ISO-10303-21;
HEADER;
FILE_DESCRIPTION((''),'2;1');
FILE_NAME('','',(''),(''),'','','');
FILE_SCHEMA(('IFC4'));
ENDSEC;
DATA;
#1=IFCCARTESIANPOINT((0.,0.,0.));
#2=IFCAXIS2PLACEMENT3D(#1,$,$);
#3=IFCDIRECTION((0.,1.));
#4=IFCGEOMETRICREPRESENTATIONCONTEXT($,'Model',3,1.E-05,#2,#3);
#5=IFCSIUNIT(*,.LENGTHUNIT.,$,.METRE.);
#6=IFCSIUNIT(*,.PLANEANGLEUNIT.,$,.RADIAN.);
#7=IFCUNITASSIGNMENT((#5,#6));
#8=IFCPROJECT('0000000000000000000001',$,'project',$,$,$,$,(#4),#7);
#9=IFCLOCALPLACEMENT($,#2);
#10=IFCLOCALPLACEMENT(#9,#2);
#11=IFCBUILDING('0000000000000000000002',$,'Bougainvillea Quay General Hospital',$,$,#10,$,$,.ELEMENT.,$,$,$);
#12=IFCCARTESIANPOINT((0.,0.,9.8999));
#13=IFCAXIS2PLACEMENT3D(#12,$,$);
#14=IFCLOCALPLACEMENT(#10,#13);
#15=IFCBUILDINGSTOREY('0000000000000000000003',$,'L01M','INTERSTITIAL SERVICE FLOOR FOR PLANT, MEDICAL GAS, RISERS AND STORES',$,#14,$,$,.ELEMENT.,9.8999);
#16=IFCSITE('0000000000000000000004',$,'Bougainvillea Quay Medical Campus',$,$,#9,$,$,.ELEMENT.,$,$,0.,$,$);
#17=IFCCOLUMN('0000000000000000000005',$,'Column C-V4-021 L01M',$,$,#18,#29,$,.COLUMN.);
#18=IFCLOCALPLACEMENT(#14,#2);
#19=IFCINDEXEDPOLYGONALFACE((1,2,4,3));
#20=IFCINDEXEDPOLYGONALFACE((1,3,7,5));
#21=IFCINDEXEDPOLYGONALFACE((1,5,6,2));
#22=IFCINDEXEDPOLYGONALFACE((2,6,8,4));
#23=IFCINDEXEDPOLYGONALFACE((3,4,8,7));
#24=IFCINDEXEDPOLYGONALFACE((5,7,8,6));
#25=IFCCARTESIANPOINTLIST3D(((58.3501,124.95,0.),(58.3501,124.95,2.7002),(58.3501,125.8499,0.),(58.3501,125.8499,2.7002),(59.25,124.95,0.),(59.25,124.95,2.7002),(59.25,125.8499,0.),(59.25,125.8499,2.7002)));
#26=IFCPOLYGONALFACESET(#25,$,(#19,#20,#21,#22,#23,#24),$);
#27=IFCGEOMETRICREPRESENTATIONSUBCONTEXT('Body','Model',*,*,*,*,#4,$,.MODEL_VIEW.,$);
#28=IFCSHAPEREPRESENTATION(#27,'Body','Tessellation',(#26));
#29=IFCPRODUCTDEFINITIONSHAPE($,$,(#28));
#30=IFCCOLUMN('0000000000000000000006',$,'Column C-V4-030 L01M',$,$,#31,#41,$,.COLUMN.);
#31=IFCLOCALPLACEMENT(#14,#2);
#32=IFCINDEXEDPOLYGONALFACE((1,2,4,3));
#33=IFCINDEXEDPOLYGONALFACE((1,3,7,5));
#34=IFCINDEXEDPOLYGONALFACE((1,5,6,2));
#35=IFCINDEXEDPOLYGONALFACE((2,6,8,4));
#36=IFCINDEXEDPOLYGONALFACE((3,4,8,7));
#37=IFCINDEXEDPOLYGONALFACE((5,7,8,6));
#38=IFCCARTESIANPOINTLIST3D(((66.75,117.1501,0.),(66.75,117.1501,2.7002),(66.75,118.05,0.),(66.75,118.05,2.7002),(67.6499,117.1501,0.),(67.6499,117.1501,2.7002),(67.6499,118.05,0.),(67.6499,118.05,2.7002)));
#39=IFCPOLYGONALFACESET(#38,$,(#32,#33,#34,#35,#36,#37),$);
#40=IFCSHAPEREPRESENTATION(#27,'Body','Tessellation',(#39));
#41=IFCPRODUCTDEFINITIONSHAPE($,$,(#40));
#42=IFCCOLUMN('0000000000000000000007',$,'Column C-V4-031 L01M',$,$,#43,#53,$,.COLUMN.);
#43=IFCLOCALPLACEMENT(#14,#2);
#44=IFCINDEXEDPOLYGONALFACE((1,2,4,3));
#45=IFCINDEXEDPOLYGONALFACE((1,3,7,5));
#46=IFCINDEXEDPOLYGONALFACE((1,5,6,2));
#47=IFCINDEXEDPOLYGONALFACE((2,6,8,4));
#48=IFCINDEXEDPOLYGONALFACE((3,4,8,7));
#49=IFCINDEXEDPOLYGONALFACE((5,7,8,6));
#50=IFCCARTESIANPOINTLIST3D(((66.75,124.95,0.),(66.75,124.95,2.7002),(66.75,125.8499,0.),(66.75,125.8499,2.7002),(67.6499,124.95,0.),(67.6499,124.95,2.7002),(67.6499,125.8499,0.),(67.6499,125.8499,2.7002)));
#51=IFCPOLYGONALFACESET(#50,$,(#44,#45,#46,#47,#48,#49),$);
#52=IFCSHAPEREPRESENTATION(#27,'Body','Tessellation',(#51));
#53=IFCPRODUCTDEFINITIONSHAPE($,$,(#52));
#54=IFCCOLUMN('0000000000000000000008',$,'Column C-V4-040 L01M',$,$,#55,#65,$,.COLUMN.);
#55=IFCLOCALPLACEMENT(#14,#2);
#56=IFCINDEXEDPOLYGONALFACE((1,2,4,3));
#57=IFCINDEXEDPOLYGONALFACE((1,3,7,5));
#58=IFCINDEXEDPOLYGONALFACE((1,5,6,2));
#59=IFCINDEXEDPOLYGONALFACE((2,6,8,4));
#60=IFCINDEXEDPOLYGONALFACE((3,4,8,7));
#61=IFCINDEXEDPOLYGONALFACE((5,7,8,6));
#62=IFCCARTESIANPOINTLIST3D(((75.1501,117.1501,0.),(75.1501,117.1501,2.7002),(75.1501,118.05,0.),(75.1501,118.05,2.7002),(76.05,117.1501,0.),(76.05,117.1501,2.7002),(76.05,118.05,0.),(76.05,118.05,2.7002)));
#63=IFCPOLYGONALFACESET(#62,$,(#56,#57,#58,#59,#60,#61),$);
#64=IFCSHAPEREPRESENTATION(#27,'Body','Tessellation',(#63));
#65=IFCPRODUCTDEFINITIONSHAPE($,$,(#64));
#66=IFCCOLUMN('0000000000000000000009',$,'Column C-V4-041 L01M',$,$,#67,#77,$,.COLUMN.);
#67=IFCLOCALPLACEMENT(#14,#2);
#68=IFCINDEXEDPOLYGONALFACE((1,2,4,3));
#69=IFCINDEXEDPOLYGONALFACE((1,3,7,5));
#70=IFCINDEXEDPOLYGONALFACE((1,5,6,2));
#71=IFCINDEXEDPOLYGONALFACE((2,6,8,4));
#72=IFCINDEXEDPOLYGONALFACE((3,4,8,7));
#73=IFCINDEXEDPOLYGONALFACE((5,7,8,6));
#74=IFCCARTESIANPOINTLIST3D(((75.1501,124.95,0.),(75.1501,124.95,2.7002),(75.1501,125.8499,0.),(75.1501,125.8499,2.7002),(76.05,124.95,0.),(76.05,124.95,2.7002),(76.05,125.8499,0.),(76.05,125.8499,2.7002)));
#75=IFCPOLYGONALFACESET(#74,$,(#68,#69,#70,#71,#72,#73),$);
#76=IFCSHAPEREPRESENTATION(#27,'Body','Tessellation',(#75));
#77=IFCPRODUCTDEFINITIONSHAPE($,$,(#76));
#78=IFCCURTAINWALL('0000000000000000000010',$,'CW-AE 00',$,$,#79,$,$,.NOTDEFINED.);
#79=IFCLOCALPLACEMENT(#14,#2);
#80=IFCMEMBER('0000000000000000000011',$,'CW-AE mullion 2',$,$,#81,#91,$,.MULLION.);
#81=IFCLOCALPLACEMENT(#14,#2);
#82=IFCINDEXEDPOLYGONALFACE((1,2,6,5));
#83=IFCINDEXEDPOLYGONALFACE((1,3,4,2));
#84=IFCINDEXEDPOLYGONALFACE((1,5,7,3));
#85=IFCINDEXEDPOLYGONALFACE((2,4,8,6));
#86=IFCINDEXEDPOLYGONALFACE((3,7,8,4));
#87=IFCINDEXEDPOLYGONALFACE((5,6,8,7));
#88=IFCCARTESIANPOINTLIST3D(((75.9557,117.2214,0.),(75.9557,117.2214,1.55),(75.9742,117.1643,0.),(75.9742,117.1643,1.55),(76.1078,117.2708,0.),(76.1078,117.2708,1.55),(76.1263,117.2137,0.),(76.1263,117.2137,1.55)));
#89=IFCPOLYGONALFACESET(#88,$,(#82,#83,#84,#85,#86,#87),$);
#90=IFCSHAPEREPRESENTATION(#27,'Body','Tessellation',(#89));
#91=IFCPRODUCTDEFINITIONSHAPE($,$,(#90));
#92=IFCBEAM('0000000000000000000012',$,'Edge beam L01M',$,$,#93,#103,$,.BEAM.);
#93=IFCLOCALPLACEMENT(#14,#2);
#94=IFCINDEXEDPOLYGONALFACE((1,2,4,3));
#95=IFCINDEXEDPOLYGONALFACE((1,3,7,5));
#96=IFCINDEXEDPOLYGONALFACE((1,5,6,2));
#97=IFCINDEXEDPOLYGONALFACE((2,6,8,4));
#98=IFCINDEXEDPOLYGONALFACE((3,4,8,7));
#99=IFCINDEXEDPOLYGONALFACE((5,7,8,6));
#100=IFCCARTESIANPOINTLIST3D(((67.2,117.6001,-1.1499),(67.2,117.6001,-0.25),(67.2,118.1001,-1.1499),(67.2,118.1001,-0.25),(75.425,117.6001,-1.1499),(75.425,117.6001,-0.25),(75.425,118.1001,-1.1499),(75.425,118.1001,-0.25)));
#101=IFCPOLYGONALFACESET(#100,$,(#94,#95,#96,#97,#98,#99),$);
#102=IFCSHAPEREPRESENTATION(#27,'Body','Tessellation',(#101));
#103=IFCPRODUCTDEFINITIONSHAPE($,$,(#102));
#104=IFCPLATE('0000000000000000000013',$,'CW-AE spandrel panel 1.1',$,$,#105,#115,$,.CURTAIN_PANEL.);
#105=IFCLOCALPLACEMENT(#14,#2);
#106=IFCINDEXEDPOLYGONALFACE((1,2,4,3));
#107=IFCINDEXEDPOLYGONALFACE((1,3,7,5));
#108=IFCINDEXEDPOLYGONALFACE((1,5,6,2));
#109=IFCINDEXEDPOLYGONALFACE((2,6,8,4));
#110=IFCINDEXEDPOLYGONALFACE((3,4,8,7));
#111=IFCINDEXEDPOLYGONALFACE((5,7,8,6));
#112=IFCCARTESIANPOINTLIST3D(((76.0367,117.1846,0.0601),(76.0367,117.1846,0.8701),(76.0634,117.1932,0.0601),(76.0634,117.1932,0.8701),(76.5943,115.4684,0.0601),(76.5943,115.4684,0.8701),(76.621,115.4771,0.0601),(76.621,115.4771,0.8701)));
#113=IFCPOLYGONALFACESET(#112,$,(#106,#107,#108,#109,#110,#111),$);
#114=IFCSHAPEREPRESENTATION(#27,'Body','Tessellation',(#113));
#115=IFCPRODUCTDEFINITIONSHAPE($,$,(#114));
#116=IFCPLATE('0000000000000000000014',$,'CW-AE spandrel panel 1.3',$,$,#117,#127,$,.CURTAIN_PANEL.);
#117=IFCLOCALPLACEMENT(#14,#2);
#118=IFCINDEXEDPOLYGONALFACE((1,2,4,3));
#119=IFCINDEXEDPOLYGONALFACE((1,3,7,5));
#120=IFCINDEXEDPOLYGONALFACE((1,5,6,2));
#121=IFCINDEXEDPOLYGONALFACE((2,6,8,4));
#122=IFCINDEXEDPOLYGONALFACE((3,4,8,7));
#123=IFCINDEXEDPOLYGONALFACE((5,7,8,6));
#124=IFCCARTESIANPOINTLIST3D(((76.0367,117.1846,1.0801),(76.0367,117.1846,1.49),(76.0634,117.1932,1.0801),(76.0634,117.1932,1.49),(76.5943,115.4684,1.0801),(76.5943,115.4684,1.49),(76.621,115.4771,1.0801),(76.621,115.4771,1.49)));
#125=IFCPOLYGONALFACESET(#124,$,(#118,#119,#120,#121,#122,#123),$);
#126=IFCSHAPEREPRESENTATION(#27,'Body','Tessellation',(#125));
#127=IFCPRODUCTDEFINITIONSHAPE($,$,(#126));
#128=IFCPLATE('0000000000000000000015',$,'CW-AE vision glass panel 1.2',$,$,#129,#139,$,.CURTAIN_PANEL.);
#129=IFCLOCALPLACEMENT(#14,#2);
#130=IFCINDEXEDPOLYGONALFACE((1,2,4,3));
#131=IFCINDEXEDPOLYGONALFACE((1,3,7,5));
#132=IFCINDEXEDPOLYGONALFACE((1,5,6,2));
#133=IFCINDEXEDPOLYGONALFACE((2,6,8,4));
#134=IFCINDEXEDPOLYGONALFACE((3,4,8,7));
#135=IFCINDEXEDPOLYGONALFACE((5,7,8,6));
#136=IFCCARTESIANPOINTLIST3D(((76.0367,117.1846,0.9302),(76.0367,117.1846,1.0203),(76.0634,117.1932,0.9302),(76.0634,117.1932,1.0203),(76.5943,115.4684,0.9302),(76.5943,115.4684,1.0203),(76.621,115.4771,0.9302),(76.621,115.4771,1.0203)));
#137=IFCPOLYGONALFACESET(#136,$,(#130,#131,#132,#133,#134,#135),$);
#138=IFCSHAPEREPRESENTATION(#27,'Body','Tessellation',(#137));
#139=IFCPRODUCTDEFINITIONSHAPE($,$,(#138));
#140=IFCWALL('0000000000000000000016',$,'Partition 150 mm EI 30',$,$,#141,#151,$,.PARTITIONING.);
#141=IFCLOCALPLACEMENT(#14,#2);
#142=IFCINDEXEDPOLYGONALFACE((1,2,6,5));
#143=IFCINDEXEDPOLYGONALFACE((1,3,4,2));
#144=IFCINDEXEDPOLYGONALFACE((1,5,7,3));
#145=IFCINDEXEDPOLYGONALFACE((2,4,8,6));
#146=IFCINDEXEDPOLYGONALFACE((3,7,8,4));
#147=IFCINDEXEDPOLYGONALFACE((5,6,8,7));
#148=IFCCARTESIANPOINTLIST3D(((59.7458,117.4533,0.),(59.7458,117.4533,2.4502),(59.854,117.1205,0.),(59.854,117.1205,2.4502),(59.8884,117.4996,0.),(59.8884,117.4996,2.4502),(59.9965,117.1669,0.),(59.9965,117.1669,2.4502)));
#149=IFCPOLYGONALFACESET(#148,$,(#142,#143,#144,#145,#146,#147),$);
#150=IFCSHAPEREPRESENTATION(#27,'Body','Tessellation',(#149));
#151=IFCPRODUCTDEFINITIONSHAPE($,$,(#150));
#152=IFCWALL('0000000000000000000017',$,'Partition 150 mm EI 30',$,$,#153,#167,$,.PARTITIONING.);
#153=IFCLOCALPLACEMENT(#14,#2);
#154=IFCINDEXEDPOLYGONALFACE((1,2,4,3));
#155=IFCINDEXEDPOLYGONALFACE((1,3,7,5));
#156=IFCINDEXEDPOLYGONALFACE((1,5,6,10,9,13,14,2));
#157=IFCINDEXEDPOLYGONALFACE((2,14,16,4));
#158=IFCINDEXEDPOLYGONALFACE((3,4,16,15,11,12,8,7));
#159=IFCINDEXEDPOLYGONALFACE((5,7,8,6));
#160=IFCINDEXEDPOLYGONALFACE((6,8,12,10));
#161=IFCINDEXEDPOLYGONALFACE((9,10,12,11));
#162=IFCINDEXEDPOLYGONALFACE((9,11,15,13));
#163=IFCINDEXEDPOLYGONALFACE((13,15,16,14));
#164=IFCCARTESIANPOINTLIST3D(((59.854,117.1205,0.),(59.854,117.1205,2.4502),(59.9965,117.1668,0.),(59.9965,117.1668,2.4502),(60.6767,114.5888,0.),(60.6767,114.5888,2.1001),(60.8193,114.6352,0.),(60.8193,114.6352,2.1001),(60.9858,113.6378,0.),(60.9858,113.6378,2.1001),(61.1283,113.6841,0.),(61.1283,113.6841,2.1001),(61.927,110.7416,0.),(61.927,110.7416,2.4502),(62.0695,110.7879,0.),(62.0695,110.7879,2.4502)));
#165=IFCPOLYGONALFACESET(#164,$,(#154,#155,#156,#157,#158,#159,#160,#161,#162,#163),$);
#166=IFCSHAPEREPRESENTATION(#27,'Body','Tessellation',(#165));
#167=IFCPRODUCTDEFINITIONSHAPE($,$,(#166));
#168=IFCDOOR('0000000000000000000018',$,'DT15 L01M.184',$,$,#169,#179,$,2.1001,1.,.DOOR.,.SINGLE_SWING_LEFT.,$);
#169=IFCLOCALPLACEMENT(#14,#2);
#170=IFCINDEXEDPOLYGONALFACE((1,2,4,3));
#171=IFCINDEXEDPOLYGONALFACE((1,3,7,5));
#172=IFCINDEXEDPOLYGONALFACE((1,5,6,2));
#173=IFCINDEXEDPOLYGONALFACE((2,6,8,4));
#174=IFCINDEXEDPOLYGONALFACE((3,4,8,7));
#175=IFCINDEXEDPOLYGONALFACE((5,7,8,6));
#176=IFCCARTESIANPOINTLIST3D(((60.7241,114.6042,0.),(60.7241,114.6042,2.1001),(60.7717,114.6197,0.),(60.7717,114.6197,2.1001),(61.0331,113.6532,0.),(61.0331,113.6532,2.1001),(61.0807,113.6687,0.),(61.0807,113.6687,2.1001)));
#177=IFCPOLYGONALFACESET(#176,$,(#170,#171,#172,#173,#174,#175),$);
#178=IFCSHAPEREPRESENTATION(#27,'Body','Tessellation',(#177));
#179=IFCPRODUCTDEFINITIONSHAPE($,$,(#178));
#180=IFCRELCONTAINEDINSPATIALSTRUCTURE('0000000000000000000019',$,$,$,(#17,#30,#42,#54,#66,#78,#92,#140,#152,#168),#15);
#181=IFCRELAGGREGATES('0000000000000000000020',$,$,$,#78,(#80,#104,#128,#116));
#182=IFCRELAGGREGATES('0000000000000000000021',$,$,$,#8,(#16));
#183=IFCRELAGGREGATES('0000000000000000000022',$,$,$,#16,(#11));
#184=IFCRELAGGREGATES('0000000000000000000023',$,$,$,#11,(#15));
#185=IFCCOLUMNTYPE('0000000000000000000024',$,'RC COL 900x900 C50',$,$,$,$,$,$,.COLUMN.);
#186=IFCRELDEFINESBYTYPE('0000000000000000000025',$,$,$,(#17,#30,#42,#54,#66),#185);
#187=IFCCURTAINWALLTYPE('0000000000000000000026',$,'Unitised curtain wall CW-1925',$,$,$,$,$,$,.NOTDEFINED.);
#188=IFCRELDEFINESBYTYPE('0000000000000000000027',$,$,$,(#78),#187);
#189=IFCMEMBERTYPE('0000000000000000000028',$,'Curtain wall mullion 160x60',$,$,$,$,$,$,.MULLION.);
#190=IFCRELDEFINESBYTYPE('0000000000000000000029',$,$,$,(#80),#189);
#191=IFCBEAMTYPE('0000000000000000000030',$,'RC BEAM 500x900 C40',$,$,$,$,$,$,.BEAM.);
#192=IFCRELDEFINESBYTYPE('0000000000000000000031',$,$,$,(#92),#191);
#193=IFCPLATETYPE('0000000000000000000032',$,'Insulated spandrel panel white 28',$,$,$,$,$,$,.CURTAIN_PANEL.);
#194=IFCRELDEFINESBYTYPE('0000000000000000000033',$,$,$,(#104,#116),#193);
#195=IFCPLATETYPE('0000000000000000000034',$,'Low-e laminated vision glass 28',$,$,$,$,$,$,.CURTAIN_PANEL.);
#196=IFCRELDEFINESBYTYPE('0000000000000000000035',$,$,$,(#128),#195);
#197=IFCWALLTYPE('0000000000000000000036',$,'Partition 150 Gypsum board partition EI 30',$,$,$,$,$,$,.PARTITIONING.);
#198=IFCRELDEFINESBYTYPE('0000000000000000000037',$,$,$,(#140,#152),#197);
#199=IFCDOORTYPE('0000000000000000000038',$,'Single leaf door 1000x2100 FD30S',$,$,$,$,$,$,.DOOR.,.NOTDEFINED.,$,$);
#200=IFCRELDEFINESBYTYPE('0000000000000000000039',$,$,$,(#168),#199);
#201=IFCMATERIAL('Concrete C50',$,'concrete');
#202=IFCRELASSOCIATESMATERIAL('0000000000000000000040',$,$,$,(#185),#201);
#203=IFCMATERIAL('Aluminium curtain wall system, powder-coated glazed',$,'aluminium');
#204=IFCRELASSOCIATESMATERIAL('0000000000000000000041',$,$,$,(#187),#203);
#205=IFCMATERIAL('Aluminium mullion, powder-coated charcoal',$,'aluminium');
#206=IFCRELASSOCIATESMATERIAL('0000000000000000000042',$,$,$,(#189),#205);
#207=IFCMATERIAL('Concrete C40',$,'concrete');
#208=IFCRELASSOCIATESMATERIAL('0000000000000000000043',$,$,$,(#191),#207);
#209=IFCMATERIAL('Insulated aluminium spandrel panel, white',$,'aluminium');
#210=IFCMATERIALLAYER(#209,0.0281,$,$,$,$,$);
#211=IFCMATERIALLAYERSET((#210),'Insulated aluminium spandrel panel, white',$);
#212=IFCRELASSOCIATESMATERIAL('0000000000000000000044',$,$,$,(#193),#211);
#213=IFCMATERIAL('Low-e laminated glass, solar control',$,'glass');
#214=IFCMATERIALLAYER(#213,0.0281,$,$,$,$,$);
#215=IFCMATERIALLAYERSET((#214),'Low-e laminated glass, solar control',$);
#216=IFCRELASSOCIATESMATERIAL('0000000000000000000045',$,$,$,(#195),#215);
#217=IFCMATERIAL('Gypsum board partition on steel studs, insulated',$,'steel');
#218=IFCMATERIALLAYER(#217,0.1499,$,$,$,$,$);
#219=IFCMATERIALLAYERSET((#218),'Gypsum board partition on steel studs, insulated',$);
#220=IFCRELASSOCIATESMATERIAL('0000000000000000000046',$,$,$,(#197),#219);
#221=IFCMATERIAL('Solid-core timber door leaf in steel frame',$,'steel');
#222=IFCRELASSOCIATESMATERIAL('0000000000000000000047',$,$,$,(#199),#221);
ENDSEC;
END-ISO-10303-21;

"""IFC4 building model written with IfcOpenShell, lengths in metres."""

from ifc_helpers import new_model, si_unit, direction, frame, frame_2d, origin, origin_2d, place, context, subcontext, project, spatial, rectangle, extrude, material, layer, layer_set, material_profile, profile_set, type_object, element, fill, aggregate, save


model = new_model("IFC4")

# Units and contexts
model_context = context("Model", 3, precision=1e-05, world=origin(), true_north=direction((0.0, 1.0)))
body_context = subcontext(model_context, "Body", "Model", "MODEL_VIEW")
ifc_project = project(units=[si_unit("LENGTHUNIT", "METRE"), si_unit("PLANEANGLEUNIT", "RADIAN")], contexts=[model_context])

# Site, building, storey
site_placement = place(None, origin())
site = spatial("IfcSite", under=ifc_project, at=site_placement, Name="Bougainvillea Quay Medical Campus", CompositionType="ELEMENT", RefElevation=0.0)
building_placement = place(site_placement, origin())
building = spatial("IfcBuilding", under=site, at=building_placement, Name="Bougainvillea Quay General Hospital", CompositionType="ELEMENT")
storey_placement = place(building_placement, frame((0.0, 0.0, 9.8999)))
storey = spatial("IfcBuildingStorey", under=building, at=storey_placement, Name="L01M", Description="INTERSTITIAL SERVICE FLOOR FOR PLANT, MEDICAL GAS, RISERS AND STORES", CompositionType="ELEMENT", Elevation=9.8999)

# Columns
ifc_material_1 = material(Name="Concrete C50", Category="concrete")
ifc_material_profile_1 = material_profile(ifc_material_1, rectangle(XDim=0.8999, YDim=0.8999, at=origin_2d()))
ifc_profile_set_1 = profile_set([ifc_material_profile_1], Name="Concrete C50")
column_type = type_object("IfcColumnType", Name="RC COL 900x900 C50", PredefinedType="COLUMN", material=ifc_profile_set_1)
for number, where, z_axis, x_axis, name in (
    (1, (58.8, 125.3999, 0.0), (0.0, 0.0, 1.0), (1.0, 0.0, 0.0), "Column C-V4-021 L01M"),
    (2, (67.2, 117.6001, 0.0), (0.0, 0.0, 1.0), (1.0, 0.0, 0.0), "Column C-V4-030 L01M"),
    (3, (67.2, 125.3999, 0.0), (0.0, 0.0, 1.0), (1.0, 0.0, 0.0), "Column C-V4-031 L01M"),
    (4, (75.6001, 117.6001, 0.0), (0.0, 0.0, 1.0), (1.0, 0.0, 0.0), "Column C-V4-040 L01M"),
    (5, (75.6001, 125.3999, 0.0), (0.0, 0.0, 1.0), (1.0, 0.0, 0.0), "Column C-V4-041 L01M"),
):
    element("IfcColumn", number, at=place(storey_placement, frame(where, z_axis=z_axis, x_axis=x_axis)), inside=storey, type_object=column_type, Name=name, PredefinedType="COLUMN", context=body_context, shape_type="SweptSolid", body=[
        extrude(rectangle(XDim=0.8999, YDim=0.8999, at=origin_2d()), origin(), (0.0, 0.0, 1.0), 2.7002),
    ])

# Curtain wall, member
ifc_material_2 = material(Name="Aluminium curtain wall system, powder-coated glazed", Category="aluminium")
curtain_wall_type = type_object("IfcCurtainWallType", Name="Unitised curtain wall CW-1925", PredefinedType="NOTDEFINED", material=ifc_material_2)
curtain_wall_placement = place(storey_placement, origin())
curtain_wall = element("IfcCurtainWall", 6, at=curtain_wall_placement, inside=storey, type_object=curtain_wall_type, Name="CW-AE 00", PredefinedType="NOTDEFINED")
ifc_material_3 = material(Name="Aluminium mullion, powder-coated charcoal", Category="aluminium")
ifc_material_profile_2 = material_profile(ifc_material_3, rectangle(XDim=0.1599, YDim=0.0601, at=origin_2d()))
ifc_profile_set_2 = profile_set([ifc_material_profile_2], Name="Aluminium mullion, powder-coated charcoal")
member_type = type_object("IfcMemberType", Name="Curtain wall mullion 160x60", PredefinedType="MULLION", material=ifc_profile_set_2)
member_placement = place(storey_placement, frame((76.041, 117.2175, 0.0), z_axis=(0.0, 0.0, 1.0), x_axis=(-0.951072, -0.308971, 0.0)))
member = element("IfcMember", 7, at=member_placement, type_object=member_type, Name="CW-AE mullion 2", PredefinedType="MULLION", context=body_context, shape_type="SweptSolid", body=[
    extrude(rectangle(XDim=0.1599, YDim=0.0601, at=origin_2d()), origin(), (0.0, 0.0, 1.0), 1.55),
])

# Beam
ifc_material_4 = material(Name="Concrete C40", Category="concrete")
ifc_material_profile_3 = material_profile(ifc_material_4, rectangle(XDim=0.5, YDim=0.8999, at=origin_2d()))
ifc_profile_set_3 = profile_set([ifc_material_profile_3], Name="Concrete C40")
beam_type = type_object("IfcBeamType", Name="RC BEAM 500x900 C40", PredefinedType="BEAM", material=ifc_profile_set_3)
beam_placement = place(storey_placement, frame((67.2, 117.8501, -0.7), z_axis=(1.0, 0.0, 0.0), x_axis=(0.0, 1.0, 0.0)))
element("IfcBeam", 8, at=beam_placement, inside=storey, type_object=beam_type, Name="Edge beam L01M", PredefinedType="BEAM", context=body_context, shape_type="SweptSolid", body=[
    extrude(rectangle(XDim=0.5, YDim=0.8999, at=origin_2d()), origin(), (0.0, 0.0, 1.0), 8.2251),
])

# Plates
ifc_material_5 = material(Name="Insulated aluminium spandrel panel, white", Category="aluminium")
ifc_layer_1 = layer(ifc_material_5, 0.0281)
ifc_layer_set_1 = layer_set([ifc_layer_1], Name="Insulated aluminium spandrel panel, white")
plate_type_1 = type_object("IfcPlateType", Name="Insulated spandrel panel white 28", PredefinedType="CURTAIN_PANEL", material=ifc_layer_set_1)
plate_1_placement = place(storey_placement, frame((76.3289, 116.3308, 0.0601), z_axis=(0.0, 0.0, 1.0), x_axis=(-0.308971, 0.951072, 0.0)))
plate_1 = element("IfcPlate", 9, at=plate_1_placement, type_object=plate_type_1, Name="CW-AE spandrel panel 1.1", PredefinedType="CURTAIN_PANEL", context=body_context, shape_type="SweptSolid", body=[
    extrude(rectangle(XDim=1.8044, YDim=0.0281, at=origin_2d()), origin(), (0.0, 0.0, 1.0), 0.8101),
])
plate_2_placement = place(storey_placement, frame((76.3289, 116.3308, 1.0801), z_axis=(0.0, 0.0, 1.0), x_axis=(-0.308971, 0.951072, 0.0)))
plate_2 = element("IfcPlate", 10, at=plate_2_placement, type_object=plate_type_1, Name="CW-AE spandrel panel 1.3", PredefinedType="CURTAIN_PANEL", context=body_context, shape_type="SweptSolid", body=[
    extrude(rectangle(XDim=1.8044, YDim=0.0281, at=origin_2d()), origin(), (0.0, 0.0, 1.0), 0.4099),
])
ifc_material_6 = material(Name="Low-e laminated glass, solar control", Category="glass")
ifc_layer_2 = layer(ifc_material_6, 0.0281)
ifc_layer_set_2 = layer_set([ifc_layer_2], Name="Low-e laminated glass, solar control")
plate_type_2 = type_object("IfcPlateType", Name="Low-e laminated vision glass 28", PredefinedType="CURTAIN_PANEL", material=ifc_layer_set_2)
plate_3_placement = place(storey_placement, frame((76.3289, 116.3308, 0.9302), z_axis=(0.0, 0.0, 1.0), x_axis=(-0.308971, 0.951072, 0.0)))
plate_3 = element("IfcPlate", 11, at=plate_3_placement, type_object=plate_type_2, Name="CW-AE vision glass panel 1.2", PredefinedType="CURTAIN_PANEL", context=body_context, shape_type="SweptSolid", body=[
    extrude(rectangle(XDim=1.8044, YDim=0.0281, at=origin_2d()), origin(), (0.0, 0.0, 1.0), 0.0901),
])
aggregate(curtain_wall, [member, plate_1, plate_3, plate_2])

# Wall
ifc_material_7 = material(Name="Gypsum board partition on steel studs, insulated", Category="steel")
ifc_layer_3 = layer(ifc_material_7, 0.1499)
ifc_layer_set_3 = layer_set([ifc_layer_3], Name="Gypsum board partition on steel studs, insulated")
wall_type_1 = type_object("IfcWallType", Name="Partition 150 Gypsum board partition EI 30", PredefinedType="PARTITIONING", material=ifc_layer_set_3)
wall_1_placement = place(storey_placement, frame((59.8171, 117.4763, 0.0), z_axis=(0.0, 0.0, 1.0), x_axis=(0.309102, -0.951029, 0.0)))
element("IfcWall", 12, at=wall_1_placement, inside=storey, type_object=wall_type_1, Name="Partition 150 mm EI 30", PredefinedType="PARTITIONING", context=body_context, shape_type="SweptSolid", body=[
    extrude(rectangle(XDim=0.3499, YDim=0.1499, at=frame_2d((0.1748, 0.0))), origin(), (0.0, 0.0, 1.0), 2.4502),
])

# Wall, opening, door
wall_2_placement = place(storey_placement, frame((59.9253, 117.1436, 0.0), z_axis=(0.0, 0.0, 1.0), x_axis=(0.309066, -0.95104, 0.0)))
wall_2 = element("IfcWall", 13, at=wall_2_placement, inside=storey, type_object=wall_type_1, Name="Partition 150 mm EI 30", PredefinedType="PARTITIONING", context=body_context, shape_type="SweptSolid", body=[
    extrude(rectangle(XDim=6.7073, YDim=0.1499, at=frame_2d((3.3535, 0.0))), origin(), (0.0, 0.0, 1.0), 2.4502),
])
opening_1_placement = place(wall_2_placement, frame((2.6619, 0.0, 0.0)))
opening_1 = element("IfcOpeningElement", 14, at=opening_1_placement, cuts=wall_2, PredefinedType="OPENING", context=body_context, shape_type="SweptSolid", body=[
    extrude(rectangle(XDim=1.0, YDim=2.1001, at=frame_2d((0.5, 1.05))), frame((0.0, 0.085, 0.0), z_axis=(0.0, -1.0, 0.0), x_axis=(1.0, 0.0, 0.0)), (0.0, 0.0, 1.0), 0.1699),
])
ifc_material_8 = material(Name="Solid-core timber door leaf in steel frame", Category="steel")
door_type_1 = type_object("IfcDoorType", Name="Single leaf door 1000x2100 FD30S", OperationType="NOTDEFINED", PredefinedType="DOOR", material=ifc_material_8)
door_1_placement = place(opening_1_placement, origin())
door_1 = element("IfcDoor", 15, at=door_1_placement, inside=storey, type_object=door_type_1, Name="DT15 L01M.184", OperationType="SINGLE_SWING_LEFT", OverallHeight=2.1001, OverallWidth=1.0, PredefinedType="DOOR", context=body_context, shape_type="SweptSolid", body=[
    extrude(rectangle(XDim=1.0, YDim=2.1001, at=frame_2d((0.5, 1.05))), frame((0.0, 0.0249, 0.0), z_axis=(0.0, -1.0, 0.0), x_axis=(1.0, 0.0, 0.0)), (0.0, 0.0, 1.0), 0.05),
])
fill(opening_1, door_1)

save(model, "model.ifc")
